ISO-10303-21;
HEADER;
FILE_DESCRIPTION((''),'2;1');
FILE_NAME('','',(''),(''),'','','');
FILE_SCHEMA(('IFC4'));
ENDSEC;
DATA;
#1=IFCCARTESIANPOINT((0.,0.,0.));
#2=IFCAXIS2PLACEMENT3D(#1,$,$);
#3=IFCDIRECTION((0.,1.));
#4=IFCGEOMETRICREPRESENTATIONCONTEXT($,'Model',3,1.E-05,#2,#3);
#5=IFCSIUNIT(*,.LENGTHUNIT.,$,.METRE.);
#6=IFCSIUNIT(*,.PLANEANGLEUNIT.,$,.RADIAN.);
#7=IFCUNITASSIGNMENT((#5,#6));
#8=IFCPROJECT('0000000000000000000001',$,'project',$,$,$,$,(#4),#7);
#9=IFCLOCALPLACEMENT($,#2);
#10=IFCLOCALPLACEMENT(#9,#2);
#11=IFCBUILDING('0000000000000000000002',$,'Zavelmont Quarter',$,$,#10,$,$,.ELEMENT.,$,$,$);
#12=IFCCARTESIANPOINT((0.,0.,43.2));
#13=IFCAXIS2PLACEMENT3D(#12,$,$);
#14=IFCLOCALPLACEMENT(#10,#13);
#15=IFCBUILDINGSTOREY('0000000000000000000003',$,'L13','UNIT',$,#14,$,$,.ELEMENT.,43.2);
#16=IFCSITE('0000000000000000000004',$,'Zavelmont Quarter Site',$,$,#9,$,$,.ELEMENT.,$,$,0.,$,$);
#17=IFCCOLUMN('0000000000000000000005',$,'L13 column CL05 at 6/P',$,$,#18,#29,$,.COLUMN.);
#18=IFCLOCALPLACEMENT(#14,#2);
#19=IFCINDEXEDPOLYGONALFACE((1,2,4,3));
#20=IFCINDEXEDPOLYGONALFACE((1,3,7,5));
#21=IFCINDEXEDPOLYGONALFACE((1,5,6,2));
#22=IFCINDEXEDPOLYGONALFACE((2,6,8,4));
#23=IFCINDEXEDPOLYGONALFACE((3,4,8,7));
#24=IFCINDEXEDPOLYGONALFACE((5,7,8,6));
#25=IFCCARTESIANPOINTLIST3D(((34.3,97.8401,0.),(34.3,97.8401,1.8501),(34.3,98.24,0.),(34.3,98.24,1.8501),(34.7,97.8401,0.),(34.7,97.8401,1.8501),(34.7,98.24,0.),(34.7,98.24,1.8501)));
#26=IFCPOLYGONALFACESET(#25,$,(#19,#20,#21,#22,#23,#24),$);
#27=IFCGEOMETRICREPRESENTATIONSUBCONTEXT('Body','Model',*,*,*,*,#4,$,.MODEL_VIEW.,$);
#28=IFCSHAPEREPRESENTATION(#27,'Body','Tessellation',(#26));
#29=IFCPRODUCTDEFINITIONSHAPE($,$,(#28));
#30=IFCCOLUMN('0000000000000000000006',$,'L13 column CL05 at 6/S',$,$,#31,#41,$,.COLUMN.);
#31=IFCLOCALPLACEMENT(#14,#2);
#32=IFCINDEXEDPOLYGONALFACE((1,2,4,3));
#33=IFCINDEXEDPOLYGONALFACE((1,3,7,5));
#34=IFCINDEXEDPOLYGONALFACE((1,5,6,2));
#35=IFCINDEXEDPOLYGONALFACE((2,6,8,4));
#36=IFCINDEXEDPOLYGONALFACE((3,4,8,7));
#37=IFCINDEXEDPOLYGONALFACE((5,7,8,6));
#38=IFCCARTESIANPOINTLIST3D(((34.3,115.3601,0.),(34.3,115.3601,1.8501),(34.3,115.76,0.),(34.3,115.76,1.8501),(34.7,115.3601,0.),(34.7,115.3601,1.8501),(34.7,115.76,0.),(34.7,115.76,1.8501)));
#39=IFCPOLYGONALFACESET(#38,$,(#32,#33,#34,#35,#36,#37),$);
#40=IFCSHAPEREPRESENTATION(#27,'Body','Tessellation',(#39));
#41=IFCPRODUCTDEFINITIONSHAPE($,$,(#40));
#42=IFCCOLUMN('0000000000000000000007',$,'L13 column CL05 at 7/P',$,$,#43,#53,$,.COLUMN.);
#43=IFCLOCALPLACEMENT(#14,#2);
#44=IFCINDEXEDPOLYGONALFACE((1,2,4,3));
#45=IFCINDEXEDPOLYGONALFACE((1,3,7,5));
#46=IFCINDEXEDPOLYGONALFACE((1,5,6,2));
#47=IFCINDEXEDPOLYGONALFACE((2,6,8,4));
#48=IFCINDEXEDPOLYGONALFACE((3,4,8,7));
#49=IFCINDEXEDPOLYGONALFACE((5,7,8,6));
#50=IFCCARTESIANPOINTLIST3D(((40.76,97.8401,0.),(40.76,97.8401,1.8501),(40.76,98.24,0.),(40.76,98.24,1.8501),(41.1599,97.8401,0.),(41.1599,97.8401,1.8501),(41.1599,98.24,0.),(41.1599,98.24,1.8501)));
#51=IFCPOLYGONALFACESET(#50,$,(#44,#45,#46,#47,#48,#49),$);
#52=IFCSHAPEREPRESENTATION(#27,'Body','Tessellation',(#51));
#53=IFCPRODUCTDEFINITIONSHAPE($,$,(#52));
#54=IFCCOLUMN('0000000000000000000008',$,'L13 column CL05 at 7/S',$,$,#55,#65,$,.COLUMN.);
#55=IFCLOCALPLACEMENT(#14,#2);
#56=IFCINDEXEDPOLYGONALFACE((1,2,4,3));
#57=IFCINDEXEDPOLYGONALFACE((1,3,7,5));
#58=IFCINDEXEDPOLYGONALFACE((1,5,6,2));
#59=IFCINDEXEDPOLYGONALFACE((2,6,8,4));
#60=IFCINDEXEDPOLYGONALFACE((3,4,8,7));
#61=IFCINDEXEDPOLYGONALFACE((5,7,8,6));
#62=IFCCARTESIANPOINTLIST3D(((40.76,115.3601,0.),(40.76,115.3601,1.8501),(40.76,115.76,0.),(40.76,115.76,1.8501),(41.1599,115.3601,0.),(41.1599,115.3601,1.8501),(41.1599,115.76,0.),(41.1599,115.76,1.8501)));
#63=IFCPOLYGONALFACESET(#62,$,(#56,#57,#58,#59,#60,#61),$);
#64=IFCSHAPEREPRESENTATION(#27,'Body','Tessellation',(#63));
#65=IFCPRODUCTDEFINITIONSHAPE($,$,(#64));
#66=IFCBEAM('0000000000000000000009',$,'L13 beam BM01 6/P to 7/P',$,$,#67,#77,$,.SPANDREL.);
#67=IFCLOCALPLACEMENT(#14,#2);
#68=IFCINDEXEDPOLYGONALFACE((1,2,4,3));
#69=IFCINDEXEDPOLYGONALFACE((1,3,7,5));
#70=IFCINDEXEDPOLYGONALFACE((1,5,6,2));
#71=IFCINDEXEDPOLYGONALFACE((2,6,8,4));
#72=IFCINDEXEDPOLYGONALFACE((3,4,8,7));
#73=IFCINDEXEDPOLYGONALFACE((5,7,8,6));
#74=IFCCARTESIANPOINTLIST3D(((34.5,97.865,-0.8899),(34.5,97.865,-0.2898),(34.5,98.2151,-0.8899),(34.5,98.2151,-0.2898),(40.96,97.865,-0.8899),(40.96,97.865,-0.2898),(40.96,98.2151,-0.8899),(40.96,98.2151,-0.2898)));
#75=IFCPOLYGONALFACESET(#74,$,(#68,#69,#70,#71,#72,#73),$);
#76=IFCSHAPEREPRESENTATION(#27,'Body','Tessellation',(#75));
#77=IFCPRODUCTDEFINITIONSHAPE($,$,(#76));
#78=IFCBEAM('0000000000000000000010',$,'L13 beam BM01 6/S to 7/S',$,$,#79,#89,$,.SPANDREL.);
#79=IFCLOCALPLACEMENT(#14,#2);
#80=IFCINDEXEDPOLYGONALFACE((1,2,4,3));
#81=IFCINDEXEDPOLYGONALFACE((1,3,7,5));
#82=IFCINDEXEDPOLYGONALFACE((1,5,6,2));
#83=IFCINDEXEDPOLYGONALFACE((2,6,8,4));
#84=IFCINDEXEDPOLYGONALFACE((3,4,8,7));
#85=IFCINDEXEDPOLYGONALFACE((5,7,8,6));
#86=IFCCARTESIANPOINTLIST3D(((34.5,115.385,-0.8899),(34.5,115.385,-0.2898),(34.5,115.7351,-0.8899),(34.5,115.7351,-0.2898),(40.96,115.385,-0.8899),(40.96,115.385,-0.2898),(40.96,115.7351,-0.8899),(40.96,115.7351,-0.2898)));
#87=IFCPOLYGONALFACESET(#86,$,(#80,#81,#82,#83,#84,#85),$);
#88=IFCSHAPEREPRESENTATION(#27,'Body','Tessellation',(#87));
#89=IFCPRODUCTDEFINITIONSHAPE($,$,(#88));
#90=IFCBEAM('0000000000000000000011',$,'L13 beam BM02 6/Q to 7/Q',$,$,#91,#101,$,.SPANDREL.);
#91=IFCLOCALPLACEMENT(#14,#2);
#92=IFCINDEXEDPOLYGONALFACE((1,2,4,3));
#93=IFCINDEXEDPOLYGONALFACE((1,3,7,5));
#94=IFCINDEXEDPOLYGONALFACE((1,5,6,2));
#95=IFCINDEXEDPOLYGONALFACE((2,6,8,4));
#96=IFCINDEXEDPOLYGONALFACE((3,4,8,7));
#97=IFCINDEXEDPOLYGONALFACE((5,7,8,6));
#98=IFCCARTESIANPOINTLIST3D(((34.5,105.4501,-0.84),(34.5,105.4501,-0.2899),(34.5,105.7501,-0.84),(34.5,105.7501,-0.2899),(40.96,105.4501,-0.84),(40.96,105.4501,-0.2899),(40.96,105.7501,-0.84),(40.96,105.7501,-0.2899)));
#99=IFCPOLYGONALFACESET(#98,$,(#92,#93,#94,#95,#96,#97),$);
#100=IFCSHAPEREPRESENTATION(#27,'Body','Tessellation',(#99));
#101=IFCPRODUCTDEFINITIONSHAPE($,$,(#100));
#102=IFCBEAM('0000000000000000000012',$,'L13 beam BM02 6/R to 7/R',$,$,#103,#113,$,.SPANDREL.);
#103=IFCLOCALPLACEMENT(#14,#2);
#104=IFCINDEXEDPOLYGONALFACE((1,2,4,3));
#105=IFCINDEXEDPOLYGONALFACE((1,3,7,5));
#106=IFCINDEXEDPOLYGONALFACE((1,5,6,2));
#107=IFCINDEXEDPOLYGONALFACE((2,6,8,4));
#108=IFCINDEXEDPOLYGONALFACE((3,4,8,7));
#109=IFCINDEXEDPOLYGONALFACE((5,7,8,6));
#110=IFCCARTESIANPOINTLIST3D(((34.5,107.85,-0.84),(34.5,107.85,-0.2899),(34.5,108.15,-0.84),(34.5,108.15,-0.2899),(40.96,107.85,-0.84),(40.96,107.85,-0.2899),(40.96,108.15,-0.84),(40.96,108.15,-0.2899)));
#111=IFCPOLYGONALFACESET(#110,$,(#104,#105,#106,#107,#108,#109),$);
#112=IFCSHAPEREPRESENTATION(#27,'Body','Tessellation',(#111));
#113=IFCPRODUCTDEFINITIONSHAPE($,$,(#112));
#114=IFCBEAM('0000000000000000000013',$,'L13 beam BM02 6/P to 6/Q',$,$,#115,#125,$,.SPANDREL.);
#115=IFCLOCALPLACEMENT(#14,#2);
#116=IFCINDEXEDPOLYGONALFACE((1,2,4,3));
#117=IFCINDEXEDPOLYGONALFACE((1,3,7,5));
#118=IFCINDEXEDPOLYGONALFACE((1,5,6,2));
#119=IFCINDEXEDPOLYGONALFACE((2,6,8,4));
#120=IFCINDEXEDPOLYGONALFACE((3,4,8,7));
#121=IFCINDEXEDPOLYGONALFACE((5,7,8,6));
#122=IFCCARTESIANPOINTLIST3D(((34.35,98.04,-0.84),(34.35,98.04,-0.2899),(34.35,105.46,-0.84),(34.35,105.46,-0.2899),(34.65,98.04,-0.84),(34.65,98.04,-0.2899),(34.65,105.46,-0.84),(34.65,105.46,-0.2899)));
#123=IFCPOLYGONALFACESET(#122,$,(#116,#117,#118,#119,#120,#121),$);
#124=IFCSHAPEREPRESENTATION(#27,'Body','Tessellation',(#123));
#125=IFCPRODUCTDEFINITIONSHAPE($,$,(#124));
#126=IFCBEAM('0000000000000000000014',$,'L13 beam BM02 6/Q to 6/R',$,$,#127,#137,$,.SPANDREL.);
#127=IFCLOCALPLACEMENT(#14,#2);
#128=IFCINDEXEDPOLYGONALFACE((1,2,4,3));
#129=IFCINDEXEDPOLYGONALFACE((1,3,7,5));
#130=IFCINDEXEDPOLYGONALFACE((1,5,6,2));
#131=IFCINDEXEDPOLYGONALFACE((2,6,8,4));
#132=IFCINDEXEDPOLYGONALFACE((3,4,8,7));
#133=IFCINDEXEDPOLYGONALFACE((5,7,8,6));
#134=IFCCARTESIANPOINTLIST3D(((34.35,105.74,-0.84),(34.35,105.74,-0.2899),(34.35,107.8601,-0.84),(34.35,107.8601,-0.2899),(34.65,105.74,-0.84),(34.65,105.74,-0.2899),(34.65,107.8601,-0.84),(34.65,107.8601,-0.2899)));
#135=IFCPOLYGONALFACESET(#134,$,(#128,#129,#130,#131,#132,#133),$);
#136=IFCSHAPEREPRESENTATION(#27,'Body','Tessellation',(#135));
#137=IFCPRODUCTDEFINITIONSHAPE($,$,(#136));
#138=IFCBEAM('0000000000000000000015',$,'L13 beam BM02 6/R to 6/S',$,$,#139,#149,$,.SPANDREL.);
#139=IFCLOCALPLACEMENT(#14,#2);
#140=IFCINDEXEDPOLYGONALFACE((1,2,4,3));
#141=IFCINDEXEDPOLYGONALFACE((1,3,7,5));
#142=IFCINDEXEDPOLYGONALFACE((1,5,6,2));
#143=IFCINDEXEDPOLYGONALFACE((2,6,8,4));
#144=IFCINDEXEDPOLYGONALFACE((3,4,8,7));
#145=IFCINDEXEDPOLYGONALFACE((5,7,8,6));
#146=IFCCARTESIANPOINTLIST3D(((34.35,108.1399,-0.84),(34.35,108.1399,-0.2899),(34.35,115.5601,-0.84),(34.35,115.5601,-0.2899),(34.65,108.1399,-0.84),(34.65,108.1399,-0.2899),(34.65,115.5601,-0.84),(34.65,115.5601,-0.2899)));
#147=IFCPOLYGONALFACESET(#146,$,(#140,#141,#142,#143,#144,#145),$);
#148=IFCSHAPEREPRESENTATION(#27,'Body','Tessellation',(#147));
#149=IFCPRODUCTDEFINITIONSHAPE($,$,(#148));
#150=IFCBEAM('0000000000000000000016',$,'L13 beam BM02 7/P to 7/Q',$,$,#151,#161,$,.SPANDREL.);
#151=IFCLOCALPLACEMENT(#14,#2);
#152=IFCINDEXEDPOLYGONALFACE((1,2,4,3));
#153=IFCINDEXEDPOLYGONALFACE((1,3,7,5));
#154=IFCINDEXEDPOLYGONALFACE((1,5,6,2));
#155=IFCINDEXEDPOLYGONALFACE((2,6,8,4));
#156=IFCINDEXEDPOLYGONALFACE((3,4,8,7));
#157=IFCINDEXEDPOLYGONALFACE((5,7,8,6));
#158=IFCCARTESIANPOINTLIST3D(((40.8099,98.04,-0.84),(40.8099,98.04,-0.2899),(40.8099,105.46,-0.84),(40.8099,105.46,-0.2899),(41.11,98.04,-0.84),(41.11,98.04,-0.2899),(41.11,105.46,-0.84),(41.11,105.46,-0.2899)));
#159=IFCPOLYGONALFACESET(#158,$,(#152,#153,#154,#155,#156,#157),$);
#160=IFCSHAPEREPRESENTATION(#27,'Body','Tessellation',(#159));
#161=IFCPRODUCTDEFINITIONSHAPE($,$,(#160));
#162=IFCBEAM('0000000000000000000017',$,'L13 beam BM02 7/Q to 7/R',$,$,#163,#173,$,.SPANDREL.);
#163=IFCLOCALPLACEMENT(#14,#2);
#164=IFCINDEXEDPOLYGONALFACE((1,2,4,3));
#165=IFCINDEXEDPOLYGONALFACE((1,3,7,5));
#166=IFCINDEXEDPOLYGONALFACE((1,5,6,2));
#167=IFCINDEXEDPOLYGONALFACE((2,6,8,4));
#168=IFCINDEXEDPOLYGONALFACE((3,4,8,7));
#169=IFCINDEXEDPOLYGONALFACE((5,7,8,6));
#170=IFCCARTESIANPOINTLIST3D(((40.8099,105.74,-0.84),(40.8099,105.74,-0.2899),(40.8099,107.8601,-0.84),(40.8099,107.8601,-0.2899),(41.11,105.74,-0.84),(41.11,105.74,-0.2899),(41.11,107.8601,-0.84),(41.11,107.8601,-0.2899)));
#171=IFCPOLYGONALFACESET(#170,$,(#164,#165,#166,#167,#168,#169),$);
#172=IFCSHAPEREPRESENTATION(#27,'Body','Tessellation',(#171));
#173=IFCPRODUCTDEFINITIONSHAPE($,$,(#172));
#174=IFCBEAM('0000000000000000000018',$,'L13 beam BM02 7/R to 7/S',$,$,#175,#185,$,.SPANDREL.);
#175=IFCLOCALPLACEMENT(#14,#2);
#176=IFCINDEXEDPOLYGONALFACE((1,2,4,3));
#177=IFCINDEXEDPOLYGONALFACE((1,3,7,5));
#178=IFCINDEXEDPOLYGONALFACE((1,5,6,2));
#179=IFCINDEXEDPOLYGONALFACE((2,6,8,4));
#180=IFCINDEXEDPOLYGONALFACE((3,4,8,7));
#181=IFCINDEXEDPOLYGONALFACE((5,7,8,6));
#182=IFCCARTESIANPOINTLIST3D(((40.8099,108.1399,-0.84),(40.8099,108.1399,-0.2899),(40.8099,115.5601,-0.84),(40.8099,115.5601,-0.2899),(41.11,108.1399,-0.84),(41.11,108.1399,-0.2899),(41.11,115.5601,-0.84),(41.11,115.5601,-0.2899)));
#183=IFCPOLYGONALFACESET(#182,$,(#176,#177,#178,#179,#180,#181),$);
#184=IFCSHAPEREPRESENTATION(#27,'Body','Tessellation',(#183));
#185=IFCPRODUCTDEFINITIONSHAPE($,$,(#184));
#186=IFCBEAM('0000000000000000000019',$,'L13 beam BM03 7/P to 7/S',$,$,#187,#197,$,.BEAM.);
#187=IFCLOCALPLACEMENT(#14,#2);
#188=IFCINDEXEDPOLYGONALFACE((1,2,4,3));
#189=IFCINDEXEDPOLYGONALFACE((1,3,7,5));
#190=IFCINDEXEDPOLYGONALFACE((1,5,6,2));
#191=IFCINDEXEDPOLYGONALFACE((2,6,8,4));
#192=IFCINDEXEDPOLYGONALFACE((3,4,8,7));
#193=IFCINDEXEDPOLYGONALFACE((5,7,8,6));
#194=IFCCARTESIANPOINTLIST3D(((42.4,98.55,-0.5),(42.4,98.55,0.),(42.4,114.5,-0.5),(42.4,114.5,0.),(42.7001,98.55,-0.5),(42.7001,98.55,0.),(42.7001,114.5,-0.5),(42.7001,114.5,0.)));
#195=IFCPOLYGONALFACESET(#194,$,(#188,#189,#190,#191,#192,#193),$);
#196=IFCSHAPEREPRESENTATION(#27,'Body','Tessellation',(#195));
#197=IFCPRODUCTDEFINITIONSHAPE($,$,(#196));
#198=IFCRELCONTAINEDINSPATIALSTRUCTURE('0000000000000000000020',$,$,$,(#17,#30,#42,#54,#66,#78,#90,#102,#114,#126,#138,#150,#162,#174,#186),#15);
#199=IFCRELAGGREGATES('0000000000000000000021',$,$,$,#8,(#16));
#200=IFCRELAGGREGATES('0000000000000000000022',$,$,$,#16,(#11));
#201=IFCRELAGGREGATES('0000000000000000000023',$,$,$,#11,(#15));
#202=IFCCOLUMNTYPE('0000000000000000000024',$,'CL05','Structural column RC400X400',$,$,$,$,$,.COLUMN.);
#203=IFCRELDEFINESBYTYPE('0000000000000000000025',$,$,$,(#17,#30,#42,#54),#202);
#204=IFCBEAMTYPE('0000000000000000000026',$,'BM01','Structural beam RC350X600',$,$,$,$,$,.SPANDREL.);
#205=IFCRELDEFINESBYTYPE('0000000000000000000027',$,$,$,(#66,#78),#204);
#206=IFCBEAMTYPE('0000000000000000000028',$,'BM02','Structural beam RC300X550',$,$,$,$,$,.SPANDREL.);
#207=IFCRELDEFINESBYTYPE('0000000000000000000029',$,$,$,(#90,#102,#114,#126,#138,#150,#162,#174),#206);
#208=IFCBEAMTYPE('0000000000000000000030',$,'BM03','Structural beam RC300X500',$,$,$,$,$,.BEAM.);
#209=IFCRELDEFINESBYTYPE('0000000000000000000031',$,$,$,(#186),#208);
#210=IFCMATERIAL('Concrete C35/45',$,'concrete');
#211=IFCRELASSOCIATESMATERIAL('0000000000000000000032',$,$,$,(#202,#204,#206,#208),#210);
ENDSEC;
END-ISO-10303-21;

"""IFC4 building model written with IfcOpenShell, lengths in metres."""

from ifc_helpers import new_model, si_unit, direction, frame, origin, origin_2d, place, context, subcontext, project, spatial, rectangle, extrude, material, material_profile, profile_set, type_object, element, save


model = new_model("IFC4")

# Units and contexts
model_context = context("Model", 3, precision=1e-05, world=origin(), true_north=direction((0.0, 1.0)))
body_context = subcontext(model_context, "Body", "Model", "MODEL_VIEW")
ifc_project = project(units=[si_unit("LENGTHUNIT", "METRE"), si_unit("PLANEANGLEUNIT", "RADIAN")], contexts=[model_context])

# Site, building, storey
site_placement = place(None, origin())
site = spatial("IfcSite", under=ifc_project, at=site_placement, Name="Zavelmont Quarter Site", CompositionType="ELEMENT", RefElevation=0.0)
building_placement = place(site_placement, origin())
building = spatial("IfcBuilding", under=site, at=building_placement, Name="Zavelmont Quarter", CompositionType="ELEMENT")
storey_placement = place(building_placement, frame((0.0, 0.0, 43.2)))
storey = spatial("IfcBuildingStorey", under=building, at=storey_placement, Name="L13", Description="UNIT", CompositionType="ELEMENT", Elevation=43.2)

# Columns
ifc_material_1 = material(Name="Concrete C35/45", Category="concrete")
ifc_material_profile_1 = material_profile(ifc_material_1, rectangle(XDim=0.3999, YDim=0.3999, at=origin_2d()), Name="RC400X400")
ifc_profile_set_1 = profile_set([ifc_material_profile_1], Name="Concrete C35/45")
column_type = type_object("IfcColumnType", Name="CL05", Description="Structural column RC400X400", PredefinedType="COLUMN", material=ifc_profile_set_1)
for number, where, z_axis, x_axis, name in (
    (1, (34.5, 98.04, 0.0), (0.0, 0.0, 1.0), (1.0, 0.0, 0.0), "L13 column CL05 at 6/P"),
    (2, (34.5, 115.5601, 0.0), (0.0, 0.0, 1.0), (1.0, 0.0, 0.0), "L13 column CL05 at 6/S"),
    (3, (40.96, 98.04, 0.0), (0.0, 0.0, 1.0), (1.0, 0.0, 0.0), "L13 column CL05 at 7/P"),
    (4, (40.96, 115.5601, 0.0), (0.0, 0.0, 1.0), (1.0, 0.0, 0.0), "L13 column CL05 at 7/S"),
):
    element("IfcColumn", number, at=place(storey_placement, frame(where, z_axis=z_axis, x_axis=x_axis)), inside=storey, type_object=column_type, Name=name, PredefinedType="COLUMN", context=body_context, shape_type="SweptSolid", body=[
        extrude(rectangle(XDim=0.3999, YDim=0.3999, at=origin_2d()), origin(), (0.0, 0.0, 1.0), 1.8501),
    ])

# Beams
ifc_material_profile_2 = material_profile(ifc_material_1, rectangle(XDim=0.3501, YDim=0.6001, at=origin_2d()), Name="RC350X600")
ifc_profile_set_2 = profile_set([ifc_material_profile_2], Name="Concrete C35/45")
beam_type_1 = type_object("IfcBeamType", Name="BM01", Description="Structural beam RC350X600", PredefinedType="SPANDREL", material=ifc_profile_set_2)
for number, where, z_axis, x_axis, name in (
    (5, (34.5, 98.04, -0.5898), (1.0, 0.0, 0.0), (0.0, 1.0, 0.0), "L13 beam BM01 6/P to 7/P"),
    (6, (34.5, 115.5601, -0.5898), (1.0, 0.0, 0.0), (0.0, 1.0, 0.0), "L13 beam BM01 6/S to 7/S"),
):
    element("IfcBeam", number, at=place(storey_placement, frame(where, z_axis=z_axis, x_axis=x_axis)), inside=storey, type_object=beam_type_1, Name=name, PredefinedType="SPANDREL", context=body_context, shape_type="SweptSolid", body=[
        extrude(rectangle(XDim=0.3501, YDim=0.6001, at=origin_2d()), origin(), (0.0, 0.0, 1.0), 6.46),
    ])
ifc_material_profile_3 = material_profile(ifc_material_1, rectangle(XDim=0.3, YDim=0.55, at=origin_2d()), Name="RC300X550")
ifc_profile_set_3 = profile_set([ifc_material_profile_3], Name="Concrete C35/45")
beam_type_2 = type_object("IfcBeamType", Name="BM02", Description="Structural beam RC300X550", PredefinedType="SPANDREL", material=ifc_profile_set_3)
for number, where, z_axis, x_axis, name in (
    (7, (34.5, 105.6001, -0.5649), (1.0, 0.0, 0.0), (0.0, 1.0, 0.0), "L13 beam BM02 6/Q to 7/Q"),
    (8, (34.5, 108.0, -0.5649), (1.0, 0.0, 0.0), (0.0, 1.0, 0.0), "L13 beam BM02 6/R to 7/R"),
):
    element("IfcBeam", number, at=place(storey_placement, frame(where, z_axis=z_axis, x_axis=x_axis)), inside=storey, type_object=beam_type_2, Name=name, PredefinedType="SPANDREL", context=body_context, shape_type="SweptSolid", body=[
        extrude(rectangle(XDim=0.3, YDim=0.55, at=origin_2d()), origin(), (0.0, 0.0, 1.0), 6.46),
    ])
beam_1_placement = place(storey_placement, frame((34.5, 98.04, -0.5649), z_axis=(0.0, 1.0, 0.0), x_axis=(-1.0, 0.0, 0.0)))
element("IfcBeam", 9, at=beam_1_placement, inside=storey, type_object=beam_type_2, Name="L13 beam BM02 6/P to 6/Q", PredefinedType="SPANDREL", context=body_context, shape_type="SweptSolid", body=[
    extrude(rectangle(XDim=0.3, YDim=0.55, at=origin_2d()), origin(), (0.0, 0.0, 1.0), 7.4199),
])
beam_2_placement = place(storey_placement, frame((34.5, 105.74, -0.5649), z_axis=(0.0, 1.0, 0.0), x_axis=(-1.0, 0.0, 0.0)))
element("IfcBeam", 10, at=beam_2_placement, inside=storey, type_object=beam_type_2, Name="L13 beam BM02 6/Q to 6/R", PredefinedType="SPANDREL", context=body_context, shape_type="SweptSolid", body=[
    extrude(rectangle(XDim=0.3, YDim=0.55, at=origin_2d()), origin(), (0.0, 0.0, 1.0), 2.1201),
])
beam_3_placement = place(storey_placement, frame((34.5, 108.1399, -0.5649), z_axis=(0.0, 1.0, 0.0), x_axis=(-1.0, 0.0, 0.0)))
element("IfcBeam", 11, at=beam_3_placement, inside=storey, type_object=beam_type_2, Name="L13 beam BM02 6/R to 6/S", PredefinedType="SPANDREL", context=body_context, shape_type="SweptSolid", body=[
    extrude(rectangle(XDim=0.3, YDim=0.55, at=origin_2d()), origin(), (0.0, 0.0, 1.0), 7.4202),
])
beam_4_placement = place(storey_placement, frame((40.96, 98.04, -0.5649), z_axis=(0.0, 1.0, 0.0), x_axis=(-1.0, 0.0, 0.0)))
element("IfcBeam", 12, at=beam_4_placement, inside=storey, type_object=beam_type_2, Name="L13 beam BM02 7/P to 7/Q", PredefinedType="SPANDREL", context=body_context, shape_type="SweptSolid", body=[
    extrude(rectangle(XDim=0.3, YDim=0.55, at=origin_2d()), origin(), (0.0, 0.0, 1.0), 7.4199),
])
beam_5_placement = place(storey_placement, frame((40.96, 105.74, -0.5649), z_axis=(0.0, 1.0, 0.0), x_axis=(-1.0, 0.0, 0.0)))
element("IfcBeam", 13, at=beam_5_placement, inside=storey, type_object=beam_type_2, Name="L13 beam BM02 7/Q to 7/R", PredefinedType="SPANDREL", context=body_context, shape_type="SweptSolid", body=[
    extrude(rectangle(XDim=0.3, YDim=0.55, at=origin_2d()), origin(), (0.0, 0.0, 1.0), 2.1201),
])
beam_6_placement = place(storey_placement, frame((40.96, 108.1399, -0.5649), z_axis=(0.0, 1.0, 0.0), x_axis=(-1.0, 0.0, 0.0)))
element("IfcBeam", 14, at=beam_6_placement, inside=storey, type_object=beam_type_2, Name="L13 beam BM02 7/R to 7/S", PredefinedType="SPANDREL", context=body_context, shape_type="SweptSolid", body=[
    extrude(rectangle(XDim=0.3, YDim=0.55, at=origin_2d()), origin(), (0.0, 0.0, 1.0), 7.4202),
])
ifc_material_profile_4 = material_profile(ifc_material_1, rectangle(XDim=0.3, YDim=0.5, at=origin_2d()), Name="RC300X500")
ifc_profile_set_4 = profile_set([ifc_material_profile_4], Name="Concrete C35/45")
beam_type_3 = type_object("IfcBeamType", Name="BM03", Description="Structural beam RC300X500", PredefinedType="BEAM", material=ifc_profile_set_4)
beam_7_placement = place(storey_placement, frame((42.55, 98.55, -0.25), z_axis=(0.0, 1.0, 0.0), x_axis=(-1.0, 0.0, 0.0)))
element("IfcBeam", 15, at=beam_7_placement, inside=storey, type_object=beam_type_3, Name="L13 beam BM03 7/P to 7/S", PredefinedType="BEAM", context=body_context, shape_type="SweptSolid", body=[
    extrude(rectangle(XDim=0.3, YDim=0.5, at=origin_2d()), origin(), (0.0, 0.0, 1.0), 15.95),
])

save(model, "model.ifc")
